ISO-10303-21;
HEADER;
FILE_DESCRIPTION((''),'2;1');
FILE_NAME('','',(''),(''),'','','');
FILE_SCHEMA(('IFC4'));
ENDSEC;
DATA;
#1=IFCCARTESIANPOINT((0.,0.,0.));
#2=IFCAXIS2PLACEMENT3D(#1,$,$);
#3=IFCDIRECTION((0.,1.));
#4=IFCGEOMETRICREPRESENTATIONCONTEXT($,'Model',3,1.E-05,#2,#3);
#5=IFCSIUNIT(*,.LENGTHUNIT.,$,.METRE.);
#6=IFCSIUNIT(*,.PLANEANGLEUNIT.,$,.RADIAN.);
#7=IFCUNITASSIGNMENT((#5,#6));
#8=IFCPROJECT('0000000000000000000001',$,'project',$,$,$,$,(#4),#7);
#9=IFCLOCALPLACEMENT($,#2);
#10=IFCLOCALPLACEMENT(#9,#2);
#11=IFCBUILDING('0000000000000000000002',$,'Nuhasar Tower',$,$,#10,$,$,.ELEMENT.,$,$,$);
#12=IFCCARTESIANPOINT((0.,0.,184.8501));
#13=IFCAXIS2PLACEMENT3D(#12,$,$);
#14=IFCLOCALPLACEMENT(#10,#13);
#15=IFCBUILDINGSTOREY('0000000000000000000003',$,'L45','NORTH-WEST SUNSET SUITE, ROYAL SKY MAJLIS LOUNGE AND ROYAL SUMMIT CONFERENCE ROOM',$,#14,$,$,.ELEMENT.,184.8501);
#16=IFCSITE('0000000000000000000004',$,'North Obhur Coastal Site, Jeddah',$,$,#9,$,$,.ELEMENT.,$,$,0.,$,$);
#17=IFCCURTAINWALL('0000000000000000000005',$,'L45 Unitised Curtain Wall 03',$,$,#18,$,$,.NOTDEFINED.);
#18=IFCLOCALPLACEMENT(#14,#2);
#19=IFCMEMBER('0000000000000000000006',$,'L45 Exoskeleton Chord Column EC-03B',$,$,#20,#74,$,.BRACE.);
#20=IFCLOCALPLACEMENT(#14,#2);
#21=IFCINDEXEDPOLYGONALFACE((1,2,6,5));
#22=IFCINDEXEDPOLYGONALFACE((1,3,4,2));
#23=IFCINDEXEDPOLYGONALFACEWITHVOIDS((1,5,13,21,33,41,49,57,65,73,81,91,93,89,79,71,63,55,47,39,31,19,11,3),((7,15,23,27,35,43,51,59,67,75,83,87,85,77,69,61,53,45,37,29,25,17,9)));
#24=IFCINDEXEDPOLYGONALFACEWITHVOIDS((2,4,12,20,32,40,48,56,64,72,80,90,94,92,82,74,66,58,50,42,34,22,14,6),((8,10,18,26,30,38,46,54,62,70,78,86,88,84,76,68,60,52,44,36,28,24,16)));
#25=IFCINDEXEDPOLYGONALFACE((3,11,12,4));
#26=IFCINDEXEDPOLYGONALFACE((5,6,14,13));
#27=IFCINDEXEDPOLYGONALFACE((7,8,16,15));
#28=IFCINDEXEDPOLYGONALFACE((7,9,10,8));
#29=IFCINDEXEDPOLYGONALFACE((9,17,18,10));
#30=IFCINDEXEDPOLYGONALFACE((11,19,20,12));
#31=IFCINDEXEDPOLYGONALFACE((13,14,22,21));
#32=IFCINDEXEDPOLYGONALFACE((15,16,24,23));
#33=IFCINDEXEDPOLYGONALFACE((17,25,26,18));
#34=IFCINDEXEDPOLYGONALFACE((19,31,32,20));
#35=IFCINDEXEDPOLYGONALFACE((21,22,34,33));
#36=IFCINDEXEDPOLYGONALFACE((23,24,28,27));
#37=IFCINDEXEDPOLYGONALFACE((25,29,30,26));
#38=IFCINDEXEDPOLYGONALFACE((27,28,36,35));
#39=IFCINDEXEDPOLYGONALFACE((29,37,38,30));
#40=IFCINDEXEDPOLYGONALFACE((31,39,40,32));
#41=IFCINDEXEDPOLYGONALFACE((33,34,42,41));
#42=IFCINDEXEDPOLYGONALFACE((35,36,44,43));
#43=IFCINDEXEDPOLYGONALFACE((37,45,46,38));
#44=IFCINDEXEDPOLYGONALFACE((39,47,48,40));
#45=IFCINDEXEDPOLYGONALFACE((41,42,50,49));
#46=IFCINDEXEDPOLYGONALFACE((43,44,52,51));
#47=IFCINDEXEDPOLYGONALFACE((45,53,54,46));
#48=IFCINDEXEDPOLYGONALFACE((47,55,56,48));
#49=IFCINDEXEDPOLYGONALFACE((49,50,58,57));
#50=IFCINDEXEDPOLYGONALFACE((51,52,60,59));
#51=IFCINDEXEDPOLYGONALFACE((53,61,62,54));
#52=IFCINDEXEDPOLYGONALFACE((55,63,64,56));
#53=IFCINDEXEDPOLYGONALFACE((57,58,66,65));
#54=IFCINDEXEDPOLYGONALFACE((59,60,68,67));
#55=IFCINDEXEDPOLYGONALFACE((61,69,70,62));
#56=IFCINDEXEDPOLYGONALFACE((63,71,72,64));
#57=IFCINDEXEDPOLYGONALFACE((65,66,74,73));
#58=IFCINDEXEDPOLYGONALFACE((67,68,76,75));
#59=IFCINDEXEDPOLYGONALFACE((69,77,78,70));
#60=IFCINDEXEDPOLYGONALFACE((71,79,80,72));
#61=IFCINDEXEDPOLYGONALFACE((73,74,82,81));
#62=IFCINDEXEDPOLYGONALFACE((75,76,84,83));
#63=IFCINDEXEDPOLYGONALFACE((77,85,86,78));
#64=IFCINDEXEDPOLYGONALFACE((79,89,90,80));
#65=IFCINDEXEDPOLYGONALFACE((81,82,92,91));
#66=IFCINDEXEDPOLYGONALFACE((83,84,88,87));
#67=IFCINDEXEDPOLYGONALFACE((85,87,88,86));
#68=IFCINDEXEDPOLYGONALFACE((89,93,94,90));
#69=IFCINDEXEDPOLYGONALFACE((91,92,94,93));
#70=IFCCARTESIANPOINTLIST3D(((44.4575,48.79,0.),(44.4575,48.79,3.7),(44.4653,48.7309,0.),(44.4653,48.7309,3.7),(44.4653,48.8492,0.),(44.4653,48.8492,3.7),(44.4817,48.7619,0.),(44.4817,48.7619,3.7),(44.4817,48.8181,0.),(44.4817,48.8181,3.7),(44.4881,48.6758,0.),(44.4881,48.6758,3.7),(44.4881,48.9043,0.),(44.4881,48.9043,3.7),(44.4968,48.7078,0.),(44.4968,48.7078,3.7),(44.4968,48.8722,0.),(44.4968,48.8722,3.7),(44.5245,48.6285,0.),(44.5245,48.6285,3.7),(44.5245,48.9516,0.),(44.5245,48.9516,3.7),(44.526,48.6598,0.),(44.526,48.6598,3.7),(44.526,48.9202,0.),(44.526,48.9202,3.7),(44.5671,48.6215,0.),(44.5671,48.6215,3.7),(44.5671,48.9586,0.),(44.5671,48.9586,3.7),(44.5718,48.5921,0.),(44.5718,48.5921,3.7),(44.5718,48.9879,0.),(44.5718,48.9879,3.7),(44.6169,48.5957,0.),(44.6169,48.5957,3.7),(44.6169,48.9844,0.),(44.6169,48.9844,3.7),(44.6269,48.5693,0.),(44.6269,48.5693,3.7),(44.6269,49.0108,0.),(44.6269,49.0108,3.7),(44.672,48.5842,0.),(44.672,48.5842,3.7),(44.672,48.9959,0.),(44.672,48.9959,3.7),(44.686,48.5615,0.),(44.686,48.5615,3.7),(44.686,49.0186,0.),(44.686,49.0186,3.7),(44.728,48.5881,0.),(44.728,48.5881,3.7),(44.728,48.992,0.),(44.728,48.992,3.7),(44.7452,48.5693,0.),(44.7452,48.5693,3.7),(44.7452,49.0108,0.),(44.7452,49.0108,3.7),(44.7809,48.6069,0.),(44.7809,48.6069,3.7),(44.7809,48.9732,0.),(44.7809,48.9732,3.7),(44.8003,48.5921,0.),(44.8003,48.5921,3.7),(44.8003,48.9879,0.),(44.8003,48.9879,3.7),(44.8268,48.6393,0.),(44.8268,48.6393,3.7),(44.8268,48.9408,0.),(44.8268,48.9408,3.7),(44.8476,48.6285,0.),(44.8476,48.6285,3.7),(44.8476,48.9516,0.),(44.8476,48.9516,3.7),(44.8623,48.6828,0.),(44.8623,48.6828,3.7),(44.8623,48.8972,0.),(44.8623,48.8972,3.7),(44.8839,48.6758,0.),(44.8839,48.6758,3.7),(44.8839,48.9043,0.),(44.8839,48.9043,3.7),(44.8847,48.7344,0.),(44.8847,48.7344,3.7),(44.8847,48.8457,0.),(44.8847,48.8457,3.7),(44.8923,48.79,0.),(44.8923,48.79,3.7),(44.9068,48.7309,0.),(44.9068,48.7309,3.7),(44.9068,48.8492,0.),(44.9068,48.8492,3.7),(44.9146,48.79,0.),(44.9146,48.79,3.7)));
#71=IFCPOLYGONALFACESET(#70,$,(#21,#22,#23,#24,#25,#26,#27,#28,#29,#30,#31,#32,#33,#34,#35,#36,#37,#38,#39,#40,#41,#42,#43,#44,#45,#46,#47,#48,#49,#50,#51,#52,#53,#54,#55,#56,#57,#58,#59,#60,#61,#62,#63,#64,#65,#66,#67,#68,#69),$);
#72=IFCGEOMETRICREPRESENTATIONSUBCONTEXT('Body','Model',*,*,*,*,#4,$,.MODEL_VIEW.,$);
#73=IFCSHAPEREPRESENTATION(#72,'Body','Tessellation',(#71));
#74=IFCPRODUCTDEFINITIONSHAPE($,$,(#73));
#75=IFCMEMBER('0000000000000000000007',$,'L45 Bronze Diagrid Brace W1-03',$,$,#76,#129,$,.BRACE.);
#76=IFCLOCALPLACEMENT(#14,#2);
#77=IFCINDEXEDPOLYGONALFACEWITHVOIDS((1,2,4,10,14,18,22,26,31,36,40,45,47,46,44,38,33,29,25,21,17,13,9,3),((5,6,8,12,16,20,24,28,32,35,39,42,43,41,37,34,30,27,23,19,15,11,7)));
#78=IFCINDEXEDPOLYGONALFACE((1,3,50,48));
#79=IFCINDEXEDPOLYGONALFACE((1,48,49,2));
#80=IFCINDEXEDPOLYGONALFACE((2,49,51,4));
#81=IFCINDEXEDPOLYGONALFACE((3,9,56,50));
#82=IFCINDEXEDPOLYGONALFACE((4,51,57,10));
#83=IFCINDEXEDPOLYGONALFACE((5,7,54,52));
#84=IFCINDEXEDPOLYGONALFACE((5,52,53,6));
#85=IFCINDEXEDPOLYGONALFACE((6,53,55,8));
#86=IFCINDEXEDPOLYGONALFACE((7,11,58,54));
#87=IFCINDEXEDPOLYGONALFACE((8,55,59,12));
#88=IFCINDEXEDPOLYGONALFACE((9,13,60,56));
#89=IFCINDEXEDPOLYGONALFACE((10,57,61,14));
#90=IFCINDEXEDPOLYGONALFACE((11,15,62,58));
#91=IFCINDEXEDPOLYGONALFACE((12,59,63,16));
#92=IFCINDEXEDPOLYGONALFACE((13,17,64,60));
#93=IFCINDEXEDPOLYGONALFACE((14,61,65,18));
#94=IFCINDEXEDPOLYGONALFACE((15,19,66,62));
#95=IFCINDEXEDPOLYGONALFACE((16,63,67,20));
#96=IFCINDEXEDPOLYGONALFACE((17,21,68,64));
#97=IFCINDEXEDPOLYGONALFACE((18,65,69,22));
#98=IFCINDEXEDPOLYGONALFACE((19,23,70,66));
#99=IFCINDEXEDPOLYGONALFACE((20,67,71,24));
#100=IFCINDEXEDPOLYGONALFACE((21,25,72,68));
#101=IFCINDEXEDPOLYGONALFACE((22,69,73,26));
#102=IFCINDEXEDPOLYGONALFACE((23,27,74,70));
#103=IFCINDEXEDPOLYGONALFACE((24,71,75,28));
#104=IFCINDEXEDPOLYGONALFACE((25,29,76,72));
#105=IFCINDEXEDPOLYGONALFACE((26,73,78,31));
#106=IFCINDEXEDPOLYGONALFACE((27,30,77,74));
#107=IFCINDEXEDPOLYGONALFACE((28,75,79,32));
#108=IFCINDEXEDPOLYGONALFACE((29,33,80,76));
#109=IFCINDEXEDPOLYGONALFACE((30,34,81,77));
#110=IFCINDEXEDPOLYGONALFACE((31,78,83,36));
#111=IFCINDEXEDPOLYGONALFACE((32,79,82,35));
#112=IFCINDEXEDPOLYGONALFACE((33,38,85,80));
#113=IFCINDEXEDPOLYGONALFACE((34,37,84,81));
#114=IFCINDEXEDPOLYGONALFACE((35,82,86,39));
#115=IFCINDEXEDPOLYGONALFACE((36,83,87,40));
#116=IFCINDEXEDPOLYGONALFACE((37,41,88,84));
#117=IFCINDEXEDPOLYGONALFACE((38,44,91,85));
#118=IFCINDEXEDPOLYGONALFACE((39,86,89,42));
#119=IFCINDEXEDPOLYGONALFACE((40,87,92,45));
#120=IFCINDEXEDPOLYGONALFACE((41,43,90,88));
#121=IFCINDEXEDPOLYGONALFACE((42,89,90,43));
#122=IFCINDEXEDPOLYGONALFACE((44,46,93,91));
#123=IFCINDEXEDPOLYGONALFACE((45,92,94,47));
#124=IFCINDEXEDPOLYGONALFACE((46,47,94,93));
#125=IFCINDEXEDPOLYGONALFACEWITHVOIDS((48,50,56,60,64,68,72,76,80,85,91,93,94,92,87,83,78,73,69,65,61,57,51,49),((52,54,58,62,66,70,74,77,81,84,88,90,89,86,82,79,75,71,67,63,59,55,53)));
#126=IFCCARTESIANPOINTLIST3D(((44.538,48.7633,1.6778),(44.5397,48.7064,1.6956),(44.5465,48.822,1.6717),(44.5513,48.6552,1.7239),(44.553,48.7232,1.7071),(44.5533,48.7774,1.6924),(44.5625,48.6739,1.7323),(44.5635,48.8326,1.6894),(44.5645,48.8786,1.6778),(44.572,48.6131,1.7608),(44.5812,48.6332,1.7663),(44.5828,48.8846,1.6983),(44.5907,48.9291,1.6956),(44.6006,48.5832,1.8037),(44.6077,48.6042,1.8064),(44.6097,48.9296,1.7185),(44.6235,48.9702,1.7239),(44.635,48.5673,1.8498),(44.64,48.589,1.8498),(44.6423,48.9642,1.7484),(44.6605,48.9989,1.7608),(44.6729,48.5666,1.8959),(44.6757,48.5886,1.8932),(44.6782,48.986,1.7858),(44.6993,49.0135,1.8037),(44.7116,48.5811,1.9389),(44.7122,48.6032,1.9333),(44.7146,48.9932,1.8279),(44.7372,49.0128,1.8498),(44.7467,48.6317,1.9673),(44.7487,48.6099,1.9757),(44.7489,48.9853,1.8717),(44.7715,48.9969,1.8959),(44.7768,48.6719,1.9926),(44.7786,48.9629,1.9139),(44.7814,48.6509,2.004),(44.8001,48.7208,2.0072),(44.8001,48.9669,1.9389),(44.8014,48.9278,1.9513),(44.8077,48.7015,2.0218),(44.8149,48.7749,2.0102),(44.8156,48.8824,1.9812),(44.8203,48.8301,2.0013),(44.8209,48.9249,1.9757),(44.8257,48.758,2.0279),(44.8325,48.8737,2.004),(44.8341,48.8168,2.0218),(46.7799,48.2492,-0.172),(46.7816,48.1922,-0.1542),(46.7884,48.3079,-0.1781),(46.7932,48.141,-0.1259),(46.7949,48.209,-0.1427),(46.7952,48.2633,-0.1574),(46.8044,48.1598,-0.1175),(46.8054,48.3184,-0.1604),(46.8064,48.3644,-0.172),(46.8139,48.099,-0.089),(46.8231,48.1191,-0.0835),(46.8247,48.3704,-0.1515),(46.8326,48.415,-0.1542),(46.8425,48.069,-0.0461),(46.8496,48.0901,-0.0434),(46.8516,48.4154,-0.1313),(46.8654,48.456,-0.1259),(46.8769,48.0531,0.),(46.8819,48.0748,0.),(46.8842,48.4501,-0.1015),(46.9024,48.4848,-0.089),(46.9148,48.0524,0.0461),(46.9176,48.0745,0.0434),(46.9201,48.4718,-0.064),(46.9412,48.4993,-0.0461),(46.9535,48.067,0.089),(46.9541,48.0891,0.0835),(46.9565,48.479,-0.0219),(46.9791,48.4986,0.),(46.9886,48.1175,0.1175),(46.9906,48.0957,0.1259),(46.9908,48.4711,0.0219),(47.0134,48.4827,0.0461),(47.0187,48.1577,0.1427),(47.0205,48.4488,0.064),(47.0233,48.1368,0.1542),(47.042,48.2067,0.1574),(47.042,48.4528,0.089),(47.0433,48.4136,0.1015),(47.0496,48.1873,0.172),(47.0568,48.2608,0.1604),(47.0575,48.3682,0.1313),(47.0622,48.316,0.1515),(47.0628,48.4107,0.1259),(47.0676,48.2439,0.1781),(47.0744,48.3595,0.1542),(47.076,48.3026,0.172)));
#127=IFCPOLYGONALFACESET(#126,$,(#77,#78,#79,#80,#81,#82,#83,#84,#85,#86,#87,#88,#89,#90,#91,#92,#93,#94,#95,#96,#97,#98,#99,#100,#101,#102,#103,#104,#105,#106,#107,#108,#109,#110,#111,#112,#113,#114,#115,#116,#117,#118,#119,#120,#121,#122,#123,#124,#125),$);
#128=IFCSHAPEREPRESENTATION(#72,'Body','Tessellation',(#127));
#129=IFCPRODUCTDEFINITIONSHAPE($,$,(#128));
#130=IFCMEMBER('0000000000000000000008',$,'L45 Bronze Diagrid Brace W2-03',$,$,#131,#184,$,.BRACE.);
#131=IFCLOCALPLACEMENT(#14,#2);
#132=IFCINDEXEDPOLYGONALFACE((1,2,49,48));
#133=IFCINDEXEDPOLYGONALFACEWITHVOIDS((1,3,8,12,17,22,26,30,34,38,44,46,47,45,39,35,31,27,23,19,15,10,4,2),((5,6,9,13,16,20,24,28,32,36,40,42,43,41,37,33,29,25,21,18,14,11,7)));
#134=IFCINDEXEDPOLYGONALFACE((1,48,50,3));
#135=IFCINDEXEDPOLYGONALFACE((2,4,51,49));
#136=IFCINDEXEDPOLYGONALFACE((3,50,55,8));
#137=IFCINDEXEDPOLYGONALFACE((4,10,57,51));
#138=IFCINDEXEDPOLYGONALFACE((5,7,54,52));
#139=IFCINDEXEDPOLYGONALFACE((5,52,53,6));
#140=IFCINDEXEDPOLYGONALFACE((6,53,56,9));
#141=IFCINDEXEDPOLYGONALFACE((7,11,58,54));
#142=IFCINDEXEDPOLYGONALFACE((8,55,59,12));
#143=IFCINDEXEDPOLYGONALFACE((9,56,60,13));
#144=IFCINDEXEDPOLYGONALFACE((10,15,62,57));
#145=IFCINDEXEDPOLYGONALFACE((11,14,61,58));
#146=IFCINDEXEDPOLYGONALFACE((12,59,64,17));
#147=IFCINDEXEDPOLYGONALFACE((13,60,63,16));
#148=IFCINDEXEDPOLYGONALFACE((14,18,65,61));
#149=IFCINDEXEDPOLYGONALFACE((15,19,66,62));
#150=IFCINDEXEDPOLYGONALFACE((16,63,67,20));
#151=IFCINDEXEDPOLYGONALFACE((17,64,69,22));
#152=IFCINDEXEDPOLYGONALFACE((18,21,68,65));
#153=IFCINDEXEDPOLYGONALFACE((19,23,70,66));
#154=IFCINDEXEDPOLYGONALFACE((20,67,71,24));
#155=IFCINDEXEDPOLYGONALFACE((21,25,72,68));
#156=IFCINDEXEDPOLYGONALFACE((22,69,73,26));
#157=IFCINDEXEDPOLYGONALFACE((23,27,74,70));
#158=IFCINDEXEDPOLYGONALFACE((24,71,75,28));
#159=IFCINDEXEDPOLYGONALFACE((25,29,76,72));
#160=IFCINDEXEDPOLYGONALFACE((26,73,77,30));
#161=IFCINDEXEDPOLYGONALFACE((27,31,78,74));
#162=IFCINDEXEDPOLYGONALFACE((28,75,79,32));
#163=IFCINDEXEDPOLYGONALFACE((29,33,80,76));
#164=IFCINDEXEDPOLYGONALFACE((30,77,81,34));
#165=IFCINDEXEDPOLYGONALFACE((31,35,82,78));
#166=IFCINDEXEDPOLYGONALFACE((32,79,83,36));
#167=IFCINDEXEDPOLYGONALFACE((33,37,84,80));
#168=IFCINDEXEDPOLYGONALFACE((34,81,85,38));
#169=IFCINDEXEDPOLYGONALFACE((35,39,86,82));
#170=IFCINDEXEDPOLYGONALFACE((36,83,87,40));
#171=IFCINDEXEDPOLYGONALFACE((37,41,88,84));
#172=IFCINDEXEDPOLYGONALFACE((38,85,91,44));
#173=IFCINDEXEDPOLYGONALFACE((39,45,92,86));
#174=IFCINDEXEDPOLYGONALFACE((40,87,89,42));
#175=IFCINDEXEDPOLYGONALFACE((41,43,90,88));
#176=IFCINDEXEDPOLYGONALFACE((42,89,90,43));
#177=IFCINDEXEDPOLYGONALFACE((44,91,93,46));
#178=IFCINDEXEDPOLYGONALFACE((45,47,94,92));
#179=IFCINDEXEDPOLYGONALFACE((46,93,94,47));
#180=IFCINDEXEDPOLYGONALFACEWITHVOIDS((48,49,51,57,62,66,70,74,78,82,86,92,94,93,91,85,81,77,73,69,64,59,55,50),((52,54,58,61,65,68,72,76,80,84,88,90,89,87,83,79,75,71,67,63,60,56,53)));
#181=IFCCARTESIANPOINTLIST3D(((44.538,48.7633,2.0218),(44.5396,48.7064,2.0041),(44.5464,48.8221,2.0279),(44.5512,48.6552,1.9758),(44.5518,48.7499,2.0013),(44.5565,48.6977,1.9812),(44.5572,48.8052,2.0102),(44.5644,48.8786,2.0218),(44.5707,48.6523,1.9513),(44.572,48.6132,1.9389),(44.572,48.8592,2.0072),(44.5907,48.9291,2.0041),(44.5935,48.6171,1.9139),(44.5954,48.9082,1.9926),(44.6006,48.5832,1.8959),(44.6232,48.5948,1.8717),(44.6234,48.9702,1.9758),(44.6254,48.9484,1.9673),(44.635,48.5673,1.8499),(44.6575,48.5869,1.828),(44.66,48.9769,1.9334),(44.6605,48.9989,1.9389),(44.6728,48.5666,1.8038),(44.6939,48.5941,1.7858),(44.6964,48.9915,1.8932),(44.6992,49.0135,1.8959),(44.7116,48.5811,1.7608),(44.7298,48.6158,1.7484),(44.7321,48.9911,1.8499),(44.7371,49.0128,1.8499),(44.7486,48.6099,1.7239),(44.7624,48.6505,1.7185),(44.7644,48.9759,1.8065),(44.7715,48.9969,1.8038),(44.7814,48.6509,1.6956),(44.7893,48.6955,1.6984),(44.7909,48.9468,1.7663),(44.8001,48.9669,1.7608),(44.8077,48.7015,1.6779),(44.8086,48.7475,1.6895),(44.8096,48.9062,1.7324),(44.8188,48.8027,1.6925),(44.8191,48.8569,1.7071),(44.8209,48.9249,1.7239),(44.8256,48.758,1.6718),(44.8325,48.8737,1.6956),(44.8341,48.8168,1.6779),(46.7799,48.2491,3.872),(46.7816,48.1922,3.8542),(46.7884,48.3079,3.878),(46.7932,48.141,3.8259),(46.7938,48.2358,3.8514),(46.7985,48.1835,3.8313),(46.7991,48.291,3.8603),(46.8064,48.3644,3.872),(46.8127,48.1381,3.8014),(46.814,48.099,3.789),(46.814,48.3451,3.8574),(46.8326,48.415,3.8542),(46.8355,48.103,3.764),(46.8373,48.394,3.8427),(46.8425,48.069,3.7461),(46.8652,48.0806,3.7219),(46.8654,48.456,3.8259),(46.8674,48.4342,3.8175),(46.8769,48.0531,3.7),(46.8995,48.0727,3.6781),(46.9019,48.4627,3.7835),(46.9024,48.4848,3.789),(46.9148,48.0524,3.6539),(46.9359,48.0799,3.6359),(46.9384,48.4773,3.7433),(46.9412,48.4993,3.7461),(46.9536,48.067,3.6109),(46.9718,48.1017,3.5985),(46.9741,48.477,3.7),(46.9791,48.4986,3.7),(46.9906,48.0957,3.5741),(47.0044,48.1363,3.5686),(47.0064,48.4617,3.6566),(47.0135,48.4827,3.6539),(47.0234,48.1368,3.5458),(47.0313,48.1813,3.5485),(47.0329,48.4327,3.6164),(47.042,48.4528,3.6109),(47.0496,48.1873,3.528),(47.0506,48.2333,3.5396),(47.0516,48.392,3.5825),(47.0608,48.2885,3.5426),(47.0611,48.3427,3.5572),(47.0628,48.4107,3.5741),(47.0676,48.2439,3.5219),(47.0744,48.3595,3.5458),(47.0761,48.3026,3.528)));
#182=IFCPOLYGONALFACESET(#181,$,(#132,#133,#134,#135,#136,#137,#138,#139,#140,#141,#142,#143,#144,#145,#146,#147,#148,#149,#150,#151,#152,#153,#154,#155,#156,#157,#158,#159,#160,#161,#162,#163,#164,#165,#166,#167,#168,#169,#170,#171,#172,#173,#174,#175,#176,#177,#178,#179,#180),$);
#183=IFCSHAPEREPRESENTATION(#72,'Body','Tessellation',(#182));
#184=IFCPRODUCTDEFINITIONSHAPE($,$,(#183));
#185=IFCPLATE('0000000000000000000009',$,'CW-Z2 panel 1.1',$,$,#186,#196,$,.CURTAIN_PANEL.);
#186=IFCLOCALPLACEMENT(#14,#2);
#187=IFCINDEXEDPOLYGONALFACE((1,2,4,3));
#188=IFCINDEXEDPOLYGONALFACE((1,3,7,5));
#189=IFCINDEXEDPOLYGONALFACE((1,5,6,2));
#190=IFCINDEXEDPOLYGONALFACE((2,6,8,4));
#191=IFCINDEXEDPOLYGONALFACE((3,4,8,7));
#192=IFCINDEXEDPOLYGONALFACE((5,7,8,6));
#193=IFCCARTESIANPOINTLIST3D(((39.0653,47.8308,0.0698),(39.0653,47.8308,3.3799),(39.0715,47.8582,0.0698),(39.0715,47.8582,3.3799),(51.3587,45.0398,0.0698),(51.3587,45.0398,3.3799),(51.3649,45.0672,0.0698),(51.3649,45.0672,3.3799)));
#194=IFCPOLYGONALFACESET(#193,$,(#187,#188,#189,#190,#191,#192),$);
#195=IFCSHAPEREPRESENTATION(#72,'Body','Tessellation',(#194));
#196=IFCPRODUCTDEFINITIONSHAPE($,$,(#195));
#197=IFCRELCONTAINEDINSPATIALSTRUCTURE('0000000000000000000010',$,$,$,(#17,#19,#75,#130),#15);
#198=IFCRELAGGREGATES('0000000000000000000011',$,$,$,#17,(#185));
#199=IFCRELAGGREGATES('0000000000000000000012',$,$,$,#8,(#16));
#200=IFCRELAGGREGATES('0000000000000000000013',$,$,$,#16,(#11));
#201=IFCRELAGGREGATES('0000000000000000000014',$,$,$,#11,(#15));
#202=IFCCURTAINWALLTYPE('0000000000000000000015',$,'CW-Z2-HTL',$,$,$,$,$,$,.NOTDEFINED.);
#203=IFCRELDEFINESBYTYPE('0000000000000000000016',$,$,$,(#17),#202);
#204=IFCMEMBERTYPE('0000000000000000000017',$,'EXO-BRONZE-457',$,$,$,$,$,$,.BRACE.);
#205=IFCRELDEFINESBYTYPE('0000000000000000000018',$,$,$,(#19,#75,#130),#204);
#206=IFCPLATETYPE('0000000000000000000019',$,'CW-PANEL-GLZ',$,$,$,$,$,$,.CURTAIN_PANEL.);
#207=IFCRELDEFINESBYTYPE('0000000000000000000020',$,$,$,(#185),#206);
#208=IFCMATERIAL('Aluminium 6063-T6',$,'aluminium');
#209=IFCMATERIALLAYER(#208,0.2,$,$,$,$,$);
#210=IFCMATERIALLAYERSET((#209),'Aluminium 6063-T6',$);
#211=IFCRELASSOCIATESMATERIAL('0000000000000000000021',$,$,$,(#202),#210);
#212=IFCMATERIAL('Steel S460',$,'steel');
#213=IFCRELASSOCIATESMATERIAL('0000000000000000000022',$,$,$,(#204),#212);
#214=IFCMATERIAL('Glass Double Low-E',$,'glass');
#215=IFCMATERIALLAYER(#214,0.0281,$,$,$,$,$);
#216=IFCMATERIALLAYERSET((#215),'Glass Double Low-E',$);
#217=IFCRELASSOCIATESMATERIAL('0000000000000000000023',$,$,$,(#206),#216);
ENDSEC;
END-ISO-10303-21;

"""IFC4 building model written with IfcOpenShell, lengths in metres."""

from ifc_helpers import new_model, si_unit, direction, frame, origin, origin_2d, place, context, subcontext, project, spatial, rectangle, hollow_circle, extrude, material, layer, layer_set, material_profile, profile_set, type_object, element, aggregate, save


model = new_model("IFC4")

# Units and contexts
model_context = context("Model", 3, precision=1e-05, world=origin(), true_north=direction((0.0, 1.0)))
body_context = subcontext(model_context, "Body", "Model", "MODEL_VIEW")
ifc_project = project(units=[si_unit("LENGTHUNIT", "METRE"), si_unit("PLANEANGLEUNIT", "RADIAN")], contexts=[model_context])

# Site, building, storey
site_placement = place(None, origin())
site = spatial("IfcSite", under=ifc_project, at=site_placement, Name="North Obhur Coastal Site, Jeddah", CompositionType="ELEMENT", RefElevation=0.0)
building_placement = place(site_placement, origin())
building = spatial("IfcBuilding", under=site, at=building_placement, Name="Nuhasar Tower", CompositionType="ELEMENT")
storey_placement = place(building_placement, frame((0.0, 0.0, 184.8501)))
storey = spatial("IfcBuildingStorey", under=building, at=storey_placement, Name="L45", Description="NORTH-WEST SUNSET SUITE, ROYAL SKY MAJLIS LOUNGE AND ROYAL SUMMIT CONFERENCE ROOM", CompositionType="ELEMENT", Elevation=184.8501)

# Curtain wall
ifc_material_1 = material(Name="Aluminium 6063-T6", Category="aluminium")
ifc_layer_1 = layer(ifc_material_1, 0.2)
ifc_layer_set_1 = layer_set([ifc_layer_1], Name="Aluminium 6063-T6")
curtain_wall_type = type_object("IfcCurtainWallType", Name="CW-Z2-HTL", PredefinedType="NOTDEFINED", material=ifc_layer_set_1)
curtain_wall_1_placement = place(storey_placement, origin())
curtain_wall_1 = element("IfcCurtainWall", 1, at=curtain_wall_1_placement, inside=storey, type_object=curtain_wall_type, Name="L45 Unitised Curtain Wall 03", PredefinedType="NOTDEFINED")

# Members
ifc_material_2 = material(Name="Steel S460", Category="steel")
ifc_material_profile_1 = material_profile(ifc_material_2, hollow_circle(Radius=0.2285, WallThickness=0.0222, at=origin_2d()), Name="HSS457X22.2")
ifc_profile_set_1 = profile_set([ifc_material_profile_1], Name="Steel S460")
member_type_1 = type_object("IfcMemberType", Name="EXO-BRONZE-457", PredefinedType="BRACE", material=ifc_profile_set_1)
for number, where, z_axis, x_axis, name in (
    (2, (44.686, 48.79, 0.0), (0.0, 0.0, 1.0), (1.0, 0.0, 0.0), "L45 Exoskeleton Chord Column EC-03B"),
):
    element("IfcMember", number, at=place(storey_placement, frame(where, z_axis=z_axis, x_axis=x_axis)), inside=storey, type_object=member_type_1, Name=name, PredefinedType="BRACE", context=body_context, shape_type="SweptSolid", body=[
        extrude(hollow_circle(Radius=0.2285, WallThickness=0.0222, at=origin_2d()), origin(), (0.0, 0.0, 1.0), 3.7),
    ])
member_1_placement = place(storey_placement, frame((46.928, 48.2759, 0.0), z_axis=(-0.759539, 0.17419, 0.626704), x_axis=(-0.223534, -0.974696, 0.0)))
element("IfcMember", 3, at=member_1_placement, inside=storey, type_object=member_type_1, Name="L45 Bronze Diagrid Brace W1-03", PredefinedType="BRACE", context=body_context, shape_type="SweptSolid", body=[
    extrude(hollow_circle(Radius=0.2285, WallThickness=0.0222, at=origin_2d()), origin(), (0.0, 0.0, 1.0), 2.9517),
])
member_2_placement = place(storey_placement, frame((44.686, 48.79, 1.8499), z_axis=(0.7595, -0.174181, 0.626755), x_axis=(0.223534, 0.974696, 0.0)))
element("IfcMember", 4, at=member_2_placement, inside=storey, type_object=member_type_1, Name="L45 Bronze Diagrid Brace W2-03", PredefinedType="BRACE", context=body_context, shape_type="SweptSolid", body=[
    extrude(hollow_circle(Radius=0.2285, WallThickness=0.0222, at=origin_2d()), origin(), (0.0, 0.0, 1.0), 2.9519),
])

# Plate
ifc_material_3 = material(Name="Glass Double Low-E", Category="glass")
ifc_layer_2 = layer(ifc_material_3, 0.0281)
ifc_layer_set_2 = layer_set([ifc_layer_2], Name="Glass Double Low-E")
plate_type = type_object("IfcPlateType", Name="CW-PANEL-GLZ", PredefinedType="CURTAIN_PANEL", material=ifc_layer_set_2)
plate_placement = place(storey_placement, frame((45.2151, 46.449, 0.0698), z_axis=(0.0, 0.0, 1.0), x_axis=(-0.975184, 0.221397, 0.0)))
plate = element("IfcPlate", 5, at=plate_placement, type_object=plate_type, Name="CW-Z2 panel 1.1", PredefinedType="CURTAIN_PANEL", context=body_context, shape_type="SweptSolid", body=[
    extrude(rectangle(XDim=12.6062, YDim=0.0281, at=origin_2d()), origin(), (0.0, 0.0, 1.0), 3.3101),
])
aggregate(curtain_wall_1, [plate])

save(model, "model.ifc")
